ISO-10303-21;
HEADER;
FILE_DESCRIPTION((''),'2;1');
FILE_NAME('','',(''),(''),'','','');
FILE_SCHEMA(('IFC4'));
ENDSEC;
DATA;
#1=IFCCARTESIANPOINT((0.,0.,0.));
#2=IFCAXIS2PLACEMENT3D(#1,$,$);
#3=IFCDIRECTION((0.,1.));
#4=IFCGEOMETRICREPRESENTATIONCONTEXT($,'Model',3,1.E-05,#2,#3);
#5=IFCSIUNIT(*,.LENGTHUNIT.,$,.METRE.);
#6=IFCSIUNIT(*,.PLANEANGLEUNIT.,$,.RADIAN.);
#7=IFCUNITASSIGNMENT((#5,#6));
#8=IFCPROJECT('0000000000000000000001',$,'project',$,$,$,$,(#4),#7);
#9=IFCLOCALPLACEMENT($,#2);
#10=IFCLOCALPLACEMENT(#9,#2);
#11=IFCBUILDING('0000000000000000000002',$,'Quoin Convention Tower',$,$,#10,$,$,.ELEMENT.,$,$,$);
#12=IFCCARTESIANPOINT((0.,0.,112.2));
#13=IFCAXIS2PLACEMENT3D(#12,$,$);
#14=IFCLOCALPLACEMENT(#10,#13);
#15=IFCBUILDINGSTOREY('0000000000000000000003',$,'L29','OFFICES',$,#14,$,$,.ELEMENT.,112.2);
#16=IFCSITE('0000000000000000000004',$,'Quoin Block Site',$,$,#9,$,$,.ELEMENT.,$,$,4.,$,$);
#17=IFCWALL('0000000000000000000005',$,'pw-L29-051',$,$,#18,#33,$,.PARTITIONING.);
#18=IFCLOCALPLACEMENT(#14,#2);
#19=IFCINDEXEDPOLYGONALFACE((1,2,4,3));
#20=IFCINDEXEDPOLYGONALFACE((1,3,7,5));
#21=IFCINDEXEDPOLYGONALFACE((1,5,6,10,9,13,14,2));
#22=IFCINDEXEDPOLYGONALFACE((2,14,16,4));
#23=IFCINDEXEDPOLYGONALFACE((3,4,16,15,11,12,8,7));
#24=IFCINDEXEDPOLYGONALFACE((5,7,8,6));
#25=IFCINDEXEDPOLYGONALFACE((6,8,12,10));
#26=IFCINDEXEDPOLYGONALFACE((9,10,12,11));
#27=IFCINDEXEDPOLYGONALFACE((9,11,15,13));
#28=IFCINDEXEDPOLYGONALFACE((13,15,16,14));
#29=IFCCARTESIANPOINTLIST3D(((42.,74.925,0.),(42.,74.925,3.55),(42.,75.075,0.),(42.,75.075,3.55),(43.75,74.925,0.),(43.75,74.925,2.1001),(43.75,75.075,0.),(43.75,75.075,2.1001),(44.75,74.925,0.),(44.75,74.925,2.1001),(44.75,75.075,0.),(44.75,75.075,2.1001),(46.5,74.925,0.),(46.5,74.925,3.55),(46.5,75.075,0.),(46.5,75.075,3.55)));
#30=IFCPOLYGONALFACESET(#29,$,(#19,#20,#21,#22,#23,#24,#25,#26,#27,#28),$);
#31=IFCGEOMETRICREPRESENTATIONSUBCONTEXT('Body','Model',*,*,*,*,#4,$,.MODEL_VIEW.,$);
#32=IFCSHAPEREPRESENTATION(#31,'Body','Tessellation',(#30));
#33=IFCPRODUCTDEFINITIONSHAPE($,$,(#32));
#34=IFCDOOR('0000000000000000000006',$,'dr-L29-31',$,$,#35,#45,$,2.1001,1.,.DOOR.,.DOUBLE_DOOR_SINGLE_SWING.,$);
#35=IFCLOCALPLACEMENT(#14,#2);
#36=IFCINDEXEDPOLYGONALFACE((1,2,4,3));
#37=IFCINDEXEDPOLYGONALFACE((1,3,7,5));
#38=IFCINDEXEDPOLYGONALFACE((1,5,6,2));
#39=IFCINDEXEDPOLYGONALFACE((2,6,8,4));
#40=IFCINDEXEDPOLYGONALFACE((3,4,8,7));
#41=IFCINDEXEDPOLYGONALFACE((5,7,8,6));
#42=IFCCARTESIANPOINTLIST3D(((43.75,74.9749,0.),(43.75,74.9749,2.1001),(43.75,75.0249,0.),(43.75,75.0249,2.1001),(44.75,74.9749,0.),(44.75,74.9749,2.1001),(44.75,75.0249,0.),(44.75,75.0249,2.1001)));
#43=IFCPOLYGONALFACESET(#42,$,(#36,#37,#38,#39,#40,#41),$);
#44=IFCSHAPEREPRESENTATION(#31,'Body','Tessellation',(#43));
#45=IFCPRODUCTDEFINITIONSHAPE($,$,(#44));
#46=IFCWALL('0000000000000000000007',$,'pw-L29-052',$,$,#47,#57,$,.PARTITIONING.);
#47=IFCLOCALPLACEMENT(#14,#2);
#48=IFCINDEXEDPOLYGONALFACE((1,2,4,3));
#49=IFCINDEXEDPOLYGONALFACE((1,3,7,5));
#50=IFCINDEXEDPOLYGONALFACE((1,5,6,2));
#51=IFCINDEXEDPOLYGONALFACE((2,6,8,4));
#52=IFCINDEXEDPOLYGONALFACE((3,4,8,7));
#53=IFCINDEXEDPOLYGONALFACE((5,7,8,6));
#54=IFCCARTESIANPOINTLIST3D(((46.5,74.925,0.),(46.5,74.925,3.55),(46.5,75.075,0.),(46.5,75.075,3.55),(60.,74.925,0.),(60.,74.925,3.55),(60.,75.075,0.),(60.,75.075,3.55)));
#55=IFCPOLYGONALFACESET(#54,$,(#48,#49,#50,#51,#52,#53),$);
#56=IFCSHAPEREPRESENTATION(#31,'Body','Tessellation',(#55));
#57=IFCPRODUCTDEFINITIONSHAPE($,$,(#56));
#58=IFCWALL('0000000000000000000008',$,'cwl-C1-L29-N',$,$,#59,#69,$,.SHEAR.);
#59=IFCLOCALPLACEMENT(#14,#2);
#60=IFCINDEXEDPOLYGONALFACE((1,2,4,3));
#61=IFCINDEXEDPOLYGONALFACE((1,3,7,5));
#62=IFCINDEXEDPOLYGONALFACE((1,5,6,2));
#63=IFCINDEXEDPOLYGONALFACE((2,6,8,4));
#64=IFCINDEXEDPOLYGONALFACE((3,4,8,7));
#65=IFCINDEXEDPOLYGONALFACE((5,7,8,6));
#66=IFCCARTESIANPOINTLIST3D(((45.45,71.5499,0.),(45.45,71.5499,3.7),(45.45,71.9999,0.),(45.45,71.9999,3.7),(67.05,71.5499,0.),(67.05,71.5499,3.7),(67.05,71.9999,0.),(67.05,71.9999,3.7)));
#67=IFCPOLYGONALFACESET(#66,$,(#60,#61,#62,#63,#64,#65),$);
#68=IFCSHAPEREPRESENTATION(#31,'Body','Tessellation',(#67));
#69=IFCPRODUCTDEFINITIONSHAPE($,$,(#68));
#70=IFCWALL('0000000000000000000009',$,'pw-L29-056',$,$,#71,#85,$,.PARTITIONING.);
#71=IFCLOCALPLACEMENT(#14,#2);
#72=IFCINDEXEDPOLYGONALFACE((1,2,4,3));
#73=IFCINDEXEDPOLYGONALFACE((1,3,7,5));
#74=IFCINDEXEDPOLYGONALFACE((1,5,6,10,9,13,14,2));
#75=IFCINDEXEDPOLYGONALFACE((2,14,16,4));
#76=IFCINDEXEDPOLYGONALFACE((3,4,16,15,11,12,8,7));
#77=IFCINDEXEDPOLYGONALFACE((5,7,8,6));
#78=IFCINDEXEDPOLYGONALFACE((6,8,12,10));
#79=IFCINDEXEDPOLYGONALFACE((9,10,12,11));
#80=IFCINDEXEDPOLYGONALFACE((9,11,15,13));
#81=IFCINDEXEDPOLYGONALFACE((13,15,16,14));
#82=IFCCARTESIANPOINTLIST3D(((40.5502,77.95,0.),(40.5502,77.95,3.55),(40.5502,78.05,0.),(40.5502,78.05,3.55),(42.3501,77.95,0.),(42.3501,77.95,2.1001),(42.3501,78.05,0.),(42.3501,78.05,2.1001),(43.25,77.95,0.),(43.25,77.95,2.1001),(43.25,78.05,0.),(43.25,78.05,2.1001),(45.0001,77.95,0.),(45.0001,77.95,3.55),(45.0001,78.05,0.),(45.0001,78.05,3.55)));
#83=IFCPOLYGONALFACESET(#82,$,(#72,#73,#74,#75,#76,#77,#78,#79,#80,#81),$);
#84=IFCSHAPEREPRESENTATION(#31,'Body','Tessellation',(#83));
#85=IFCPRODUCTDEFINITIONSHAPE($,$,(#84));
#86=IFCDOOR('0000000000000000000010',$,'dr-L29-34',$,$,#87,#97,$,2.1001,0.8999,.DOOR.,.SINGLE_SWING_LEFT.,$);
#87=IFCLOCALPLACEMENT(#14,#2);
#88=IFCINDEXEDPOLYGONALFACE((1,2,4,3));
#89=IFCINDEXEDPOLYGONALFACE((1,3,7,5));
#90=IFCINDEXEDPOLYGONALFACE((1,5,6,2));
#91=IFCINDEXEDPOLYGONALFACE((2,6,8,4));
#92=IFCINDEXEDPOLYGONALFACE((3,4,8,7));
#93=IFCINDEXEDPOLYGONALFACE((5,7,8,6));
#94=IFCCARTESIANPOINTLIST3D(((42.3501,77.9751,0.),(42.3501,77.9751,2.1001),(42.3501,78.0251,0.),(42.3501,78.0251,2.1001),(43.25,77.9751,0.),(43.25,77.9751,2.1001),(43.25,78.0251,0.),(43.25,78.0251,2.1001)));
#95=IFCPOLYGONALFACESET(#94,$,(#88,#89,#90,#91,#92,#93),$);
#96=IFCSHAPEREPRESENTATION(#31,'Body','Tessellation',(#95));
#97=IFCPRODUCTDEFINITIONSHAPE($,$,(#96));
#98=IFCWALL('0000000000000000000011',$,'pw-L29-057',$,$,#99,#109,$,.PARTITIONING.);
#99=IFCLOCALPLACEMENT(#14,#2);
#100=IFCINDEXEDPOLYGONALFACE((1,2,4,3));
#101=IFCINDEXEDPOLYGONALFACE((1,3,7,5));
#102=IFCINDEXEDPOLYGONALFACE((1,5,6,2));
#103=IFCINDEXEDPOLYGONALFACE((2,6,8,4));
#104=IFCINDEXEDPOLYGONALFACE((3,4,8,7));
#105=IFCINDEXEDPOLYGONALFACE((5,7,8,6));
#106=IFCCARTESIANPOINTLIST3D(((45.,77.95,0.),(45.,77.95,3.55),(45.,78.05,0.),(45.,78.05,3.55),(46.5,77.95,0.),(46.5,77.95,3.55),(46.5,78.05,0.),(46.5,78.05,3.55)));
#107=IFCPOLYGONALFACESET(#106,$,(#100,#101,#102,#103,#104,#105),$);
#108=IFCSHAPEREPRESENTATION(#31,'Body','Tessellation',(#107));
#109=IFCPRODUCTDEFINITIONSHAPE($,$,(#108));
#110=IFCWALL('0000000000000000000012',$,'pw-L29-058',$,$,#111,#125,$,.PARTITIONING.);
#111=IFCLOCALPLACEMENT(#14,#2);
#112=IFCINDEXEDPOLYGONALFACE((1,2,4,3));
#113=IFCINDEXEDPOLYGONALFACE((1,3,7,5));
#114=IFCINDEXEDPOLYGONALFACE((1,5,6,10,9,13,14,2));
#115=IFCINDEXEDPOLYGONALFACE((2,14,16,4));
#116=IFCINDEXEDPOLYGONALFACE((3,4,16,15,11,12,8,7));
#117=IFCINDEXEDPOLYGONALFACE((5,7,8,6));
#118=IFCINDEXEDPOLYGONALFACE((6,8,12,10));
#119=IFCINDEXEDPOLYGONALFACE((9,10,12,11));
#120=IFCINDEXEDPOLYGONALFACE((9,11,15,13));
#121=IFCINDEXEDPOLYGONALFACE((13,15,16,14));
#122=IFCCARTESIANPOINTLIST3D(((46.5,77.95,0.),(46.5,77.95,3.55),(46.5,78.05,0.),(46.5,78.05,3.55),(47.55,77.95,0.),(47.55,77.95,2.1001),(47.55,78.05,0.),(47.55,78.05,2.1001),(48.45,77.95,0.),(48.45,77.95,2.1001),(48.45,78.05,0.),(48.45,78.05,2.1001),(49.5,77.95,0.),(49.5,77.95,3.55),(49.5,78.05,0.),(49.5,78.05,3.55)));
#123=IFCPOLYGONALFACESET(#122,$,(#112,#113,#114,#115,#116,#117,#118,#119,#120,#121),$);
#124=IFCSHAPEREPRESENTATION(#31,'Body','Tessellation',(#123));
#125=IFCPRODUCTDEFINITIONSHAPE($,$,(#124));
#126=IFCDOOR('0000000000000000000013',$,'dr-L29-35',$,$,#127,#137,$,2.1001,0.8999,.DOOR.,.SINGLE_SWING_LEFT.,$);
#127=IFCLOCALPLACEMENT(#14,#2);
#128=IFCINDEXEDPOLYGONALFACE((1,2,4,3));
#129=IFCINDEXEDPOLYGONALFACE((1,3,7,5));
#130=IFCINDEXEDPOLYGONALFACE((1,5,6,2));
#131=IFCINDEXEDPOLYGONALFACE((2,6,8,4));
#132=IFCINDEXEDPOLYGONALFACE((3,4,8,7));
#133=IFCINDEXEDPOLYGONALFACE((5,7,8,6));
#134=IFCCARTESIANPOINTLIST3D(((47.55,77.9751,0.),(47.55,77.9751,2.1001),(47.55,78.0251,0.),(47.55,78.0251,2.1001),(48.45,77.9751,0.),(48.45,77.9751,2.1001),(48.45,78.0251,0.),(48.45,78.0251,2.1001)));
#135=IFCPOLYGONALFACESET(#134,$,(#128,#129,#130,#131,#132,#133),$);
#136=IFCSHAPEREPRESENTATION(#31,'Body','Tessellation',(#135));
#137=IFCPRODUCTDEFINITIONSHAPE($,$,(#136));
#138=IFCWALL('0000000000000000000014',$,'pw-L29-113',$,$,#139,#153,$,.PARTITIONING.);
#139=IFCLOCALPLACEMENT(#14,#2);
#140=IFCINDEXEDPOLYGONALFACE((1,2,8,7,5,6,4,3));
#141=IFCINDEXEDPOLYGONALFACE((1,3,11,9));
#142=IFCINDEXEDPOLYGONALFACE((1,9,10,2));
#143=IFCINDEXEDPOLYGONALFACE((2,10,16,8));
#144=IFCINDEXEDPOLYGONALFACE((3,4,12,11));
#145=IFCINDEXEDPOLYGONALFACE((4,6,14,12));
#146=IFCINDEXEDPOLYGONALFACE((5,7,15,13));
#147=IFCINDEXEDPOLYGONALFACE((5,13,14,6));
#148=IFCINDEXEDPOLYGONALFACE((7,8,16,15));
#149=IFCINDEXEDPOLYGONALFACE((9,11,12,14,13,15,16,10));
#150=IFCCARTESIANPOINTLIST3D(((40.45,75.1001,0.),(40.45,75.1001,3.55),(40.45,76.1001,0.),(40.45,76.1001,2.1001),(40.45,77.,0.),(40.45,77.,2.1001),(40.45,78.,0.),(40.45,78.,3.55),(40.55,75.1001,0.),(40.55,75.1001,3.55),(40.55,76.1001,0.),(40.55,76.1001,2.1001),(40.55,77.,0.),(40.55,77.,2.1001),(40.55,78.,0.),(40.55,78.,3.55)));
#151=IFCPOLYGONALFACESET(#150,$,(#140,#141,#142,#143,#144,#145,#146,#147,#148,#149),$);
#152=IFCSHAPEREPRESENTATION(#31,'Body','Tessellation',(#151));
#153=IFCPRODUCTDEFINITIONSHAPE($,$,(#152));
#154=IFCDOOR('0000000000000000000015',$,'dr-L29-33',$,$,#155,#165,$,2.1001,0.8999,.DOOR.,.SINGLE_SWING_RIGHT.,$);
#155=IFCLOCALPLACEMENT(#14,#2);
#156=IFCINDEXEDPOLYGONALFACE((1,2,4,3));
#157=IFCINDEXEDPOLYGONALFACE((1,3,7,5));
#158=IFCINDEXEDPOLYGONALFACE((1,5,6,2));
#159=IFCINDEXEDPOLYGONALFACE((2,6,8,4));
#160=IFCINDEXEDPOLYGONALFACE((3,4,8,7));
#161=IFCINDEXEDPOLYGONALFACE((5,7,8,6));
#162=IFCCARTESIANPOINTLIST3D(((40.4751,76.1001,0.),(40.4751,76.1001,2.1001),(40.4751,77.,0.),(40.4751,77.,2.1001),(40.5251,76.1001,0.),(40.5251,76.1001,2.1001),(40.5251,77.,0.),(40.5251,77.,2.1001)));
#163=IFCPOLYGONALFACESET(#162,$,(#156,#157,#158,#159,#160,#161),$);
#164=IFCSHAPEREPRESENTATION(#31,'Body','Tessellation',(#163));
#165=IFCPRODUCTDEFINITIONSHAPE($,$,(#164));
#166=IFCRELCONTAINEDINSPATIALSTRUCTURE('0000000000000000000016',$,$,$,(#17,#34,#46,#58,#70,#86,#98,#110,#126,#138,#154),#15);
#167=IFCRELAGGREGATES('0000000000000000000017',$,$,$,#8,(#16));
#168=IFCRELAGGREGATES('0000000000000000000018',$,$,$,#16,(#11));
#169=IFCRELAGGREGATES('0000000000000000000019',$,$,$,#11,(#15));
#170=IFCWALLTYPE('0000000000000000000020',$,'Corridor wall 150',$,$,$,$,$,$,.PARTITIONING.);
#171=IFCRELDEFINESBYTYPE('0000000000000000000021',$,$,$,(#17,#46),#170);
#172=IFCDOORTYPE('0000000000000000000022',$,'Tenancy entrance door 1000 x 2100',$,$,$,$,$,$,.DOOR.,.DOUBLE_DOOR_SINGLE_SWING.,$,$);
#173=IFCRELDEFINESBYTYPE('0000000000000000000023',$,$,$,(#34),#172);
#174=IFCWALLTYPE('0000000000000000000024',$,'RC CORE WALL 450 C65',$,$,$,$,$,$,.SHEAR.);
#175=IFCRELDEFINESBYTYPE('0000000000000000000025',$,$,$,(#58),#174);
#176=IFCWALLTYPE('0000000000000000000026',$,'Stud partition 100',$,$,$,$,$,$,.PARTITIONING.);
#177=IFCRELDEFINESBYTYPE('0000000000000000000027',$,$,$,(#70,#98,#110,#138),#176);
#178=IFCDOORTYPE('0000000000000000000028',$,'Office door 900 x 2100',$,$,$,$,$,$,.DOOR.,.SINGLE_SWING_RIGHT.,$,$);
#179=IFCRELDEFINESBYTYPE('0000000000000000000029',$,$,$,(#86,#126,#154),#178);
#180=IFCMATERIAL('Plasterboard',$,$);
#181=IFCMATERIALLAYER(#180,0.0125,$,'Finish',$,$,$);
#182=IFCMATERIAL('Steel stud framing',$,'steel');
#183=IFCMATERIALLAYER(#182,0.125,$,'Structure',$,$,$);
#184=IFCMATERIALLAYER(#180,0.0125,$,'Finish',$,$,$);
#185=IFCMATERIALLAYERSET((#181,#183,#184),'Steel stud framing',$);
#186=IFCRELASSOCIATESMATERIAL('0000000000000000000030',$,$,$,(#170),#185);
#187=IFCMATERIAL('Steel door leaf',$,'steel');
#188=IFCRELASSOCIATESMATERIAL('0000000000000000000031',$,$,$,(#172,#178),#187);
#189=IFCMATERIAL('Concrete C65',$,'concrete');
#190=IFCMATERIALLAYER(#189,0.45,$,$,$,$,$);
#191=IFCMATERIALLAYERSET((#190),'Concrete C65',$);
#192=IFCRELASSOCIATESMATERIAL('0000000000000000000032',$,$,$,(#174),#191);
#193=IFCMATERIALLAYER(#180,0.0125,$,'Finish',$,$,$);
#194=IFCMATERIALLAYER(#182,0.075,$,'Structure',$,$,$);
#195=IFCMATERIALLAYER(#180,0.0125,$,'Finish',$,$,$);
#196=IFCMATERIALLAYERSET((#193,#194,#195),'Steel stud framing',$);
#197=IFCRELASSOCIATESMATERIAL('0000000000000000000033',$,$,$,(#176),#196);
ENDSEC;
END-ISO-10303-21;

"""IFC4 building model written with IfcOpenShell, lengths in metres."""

from ifc_helpers import new_model, si_unit, direction, frame, frame_2d, origin, place, context, subcontext, project, spatial, rectangle, extrude, material, layer, layer_set, type_object, element, fill, save


model = new_model("IFC4")

# Units and contexts
model_context = context("Model", 3, precision=1e-05, world=origin(), true_north=direction((0.0, 1.0)))
body_context = subcontext(model_context, "Body", "Model", "MODEL_VIEW")
ifc_project = project(units=[si_unit("LENGTHUNIT", "METRE"), si_unit("PLANEANGLEUNIT", "RADIAN")], contexts=[model_context])

# Site, building, storey
site_placement = place(None, origin())
site = spatial("IfcSite", under=ifc_project, at=site_placement, Name="Quoin Block Site", CompositionType="ELEMENT", RefElevation=4.0)
building_placement = place(site_placement, origin())
building = spatial("IfcBuilding", under=site, at=building_placement, Name="Quoin Convention Tower", CompositionType="ELEMENT")
storey_placement = place(building_placement, frame((0.0, 0.0, 112.2)))
storey = spatial("IfcBuildingStorey", under=building, at=storey_placement, Name="L29", Description="OFFICES", CompositionType="ELEMENT", Elevation=112.2)

# Shared definitions
ifc_material_1 = material(Name="Concrete C65", Category="concrete")

# Wall, opening, door
ifc_material_2 = material(Name="Plasterboard")
ifc_layer_1 = layer(ifc_material_2, 0.0125, Name="Finish")
ifc_material_3 = material(Name="Steel stud framing", Category="steel")
ifc_layer_2 = layer(ifc_material_3, 0.125, Name="Structure")
ifc_layer_3 = layer(ifc_material_2, 0.0125, Name="Finish")
ifc_layer_set_1 = layer_set([ifc_layer_1, ifc_layer_2, ifc_layer_3], Name="Steel stud framing")
wall_type_1 = type_object("IfcWallType", Name="Corridor wall 150", PredefinedType="PARTITIONING", material=ifc_layer_set_1)
wall_1_placement = place(storey_placement, frame((42.0, 75.0, 0.0), z_axis=(0.0, 0.0, 1.0), x_axis=(1.0, 0.0, 0.0)))
wall_1 = element("IfcWall", 1, at=wall_1_placement, inside=storey, type_object=wall_type_1, Name="pw-L29-051", PredefinedType="PARTITIONING", context=body_context, shape_type="SweptSolid", body=[
    extrude(rectangle(XDim=4.5, YDim=0.1499, at=frame_2d((2.25, 0.0))), origin(), (0.0, 0.0, 1.0), 3.55),
])
opening_1_placement = place(wall_1_placement, frame((1.75, 0.0, 0.0)))
opening_1 = element("IfcOpeningElement", 2, at=opening_1_placement, cuts=wall_1, PredefinedType="OPENING", context=body_context, shape_type="SweptSolid", body=[
    extrude(rectangle(XDim=1.0, YDim=2.1001, at=frame_2d((0.5, 1.05))), frame((0.0, 0.085, 0.0), z_axis=(0.0, -1.0, 0.0), x_axis=(1.0, 0.0, 0.0)), (0.0, 0.0, 1.0), 0.1699),
])
ifc_material_4 = material(Name="Steel door leaf", Category="steel")
door_type_1 = type_object("IfcDoorType", Name="Tenancy entrance door 1000 x 2100", OperationType="DOUBLE_DOOR_SINGLE_SWING", PredefinedType="DOOR", material=ifc_material_4)
door_1_placement = place(opening_1_placement, origin())
door_1 = element("IfcDoor", 3, at=door_1_placement, inside=storey, type_object=door_type_1, Name="dr-L29-31", OperationType="DOUBLE_DOOR_SINGLE_SWING", OverallHeight=2.1001, OverallWidth=1.0, PredefinedType="DOOR", context=body_context, shape_type="SweptSolid", body=[
    extrude(rectangle(XDim=1.0, YDim=2.1001, at=frame_2d((0.5, 1.05))), frame((0.0, 0.0249, 0.0), z_axis=(0.0, -1.0, 0.0), x_axis=(1.0, 0.0, 0.0)), (0.0, 0.0, 1.0), 0.05),
])
fill(opening_1, door_1)

# Walls
wall_2_placement = place(storey_placement, frame((46.5, 75.0, 0.0), z_axis=(0.0, 0.0, 1.0), x_axis=(1.0, 0.0, 0.0)))
element("IfcWall", 4, at=wall_2_placement, inside=storey, type_object=wall_type_1, Name="pw-L29-052", PredefinedType="PARTITIONING", context=body_context, shape_type="SweptSolid", body=[
    extrude(rectangle(XDim=13.5, YDim=0.1499, at=frame_2d((6.75, 0.0))), origin(), (0.0, 0.0, 1.0), 3.55),
])
ifc_layer_4 = layer(ifc_material_1, 0.45)
ifc_layer_set_2 = layer_set([ifc_layer_4], Name="Concrete C65")
wall_type_2 = type_object("IfcWallType", Name="RC CORE WALL 450 C65", PredefinedType="SHEAR", material=ifc_layer_set_2)
wall_3_placement = place(storey_placement, frame((45.45, 71.7749, 0.0), z_axis=(0.0, 0.0, 1.0), x_axis=(1.0, 0.0, 0.0)))
element("IfcWall", 5, at=wall_3_placement, inside=storey, type_object=wall_type_2, Name="cwl-C1-L29-N", PredefinedType="SHEAR", context=body_context, shape_type="SweptSolid", body=[
    extrude(rectangle(XDim=21.6001, YDim=0.45, at=frame_2d((10.8, 0.0))), origin(), (0.0, 0.0, 1.0), 3.7),
])

# Wall, opening, door
ifc_layer_5 = layer(ifc_material_2, 0.0125, Name="Finish")
ifc_layer_6 = layer(ifc_material_3, 0.075, Name="Structure")
ifc_layer_7 = layer(ifc_material_2, 0.0125, Name="Finish")
ifc_layer_set_3 = layer_set([ifc_layer_5, ifc_layer_6, ifc_layer_7], Name="Steel stud framing")
wall_type_3 = type_object("IfcWallType", Name="Stud partition 100", PredefinedType="PARTITIONING", material=ifc_layer_set_3)
wall_4_placement = place(storey_placement, frame((40.55, 78.0, 0.0), z_axis=(0.0, 0.0, 1.0), x_axis=(1.0, 0.0, 0.0)))
wall_4 = element("IfcWall", 6, at=wall_4_placement, inside=storey, type_object=wall_type_3, Name="pw-L29-056", PredefinedType="PARTITIONING", context=body_context, shape_type="SweptSolid", body=[
    extrude(rectangle(XDim=4.45, YDim=0.1001, at=frame_2d((2.2251, 0.0))), origin(), (0.0, 0.0, 1.0), 3.55),
])
opening_2_placement = place(wall_4_placement, frame((1.8, 0.0, 0.0)))
opening_2 = element("IfcOpeningElement", 7, at=opening_2_placement, cuts=wall_4, PredefinedType="OPENING", context=body_context, shape_type="SweptSolid", body=[
    extrude(rectangle(XDim=0.8999, YDim=2.1001, at=frame_2d((0.45, 1.05))), frame((0.0, 0.0601, 0.0), z_axis=(0.0, -1.0, 0.0), x_axis=(1.0, 0.0, 0.0)), (0.0, 0.0, 1.0), 0.1201),
])
door_type_2 = type_object("IfcDoorType", Name="Office door 900 x 2100", OperationType="SINGLE_SWING_RIGHT", PredefinedType="DOOR", material=ifc_material_4)
door_2_placement = place(opening_2_placement, frame((0.8999, 0.0, 0.0), z_axis=(0.0, 0.0, 1.0), x_axis=(-1.0, 0.0, 0.0)))
door_2 = element("IfcDoor", 8, at=door_2_placement, inside=storey, type_object=door_type_2, Name="dr-L29-34", OperationType="SINGLE_SWING_LEFT", OverallHeight=2.1001, OverallWidth=0.8999, PredefinedType="DOOR", context=body_context, shape_type="SweptSolid", body=[
    extrude(rectangle(XDim=0.8999, YDim=2.1001, at=frame_2d((0.45, 1.05))), frame((0.0, 0.0249, 0.0), z_axis=(0.0, -1.0, 0.0), x_axis=(1.0, 0.0, 0.0)), (0.0, 0.0, 1.0), 0.05),
])
fill(opening_2, door_2)

# Wall
wall_5_placement = place(storey_placement, frame((45.0, 78.0, 0.0), z_axis=(0.0, 0.0, 1.0), x_axis=(1.0, 0.0, 0.0)))
element("IfcWall", 9, at=wall_5_placement, inside=storey, type_object=wall_type_3, Name="pw-L29-057", PredefinedType="PARTITIONING", context=body_context, shape_type="SweptSolid", body=[
    extrude(rectangle(XDim=1.5, YDim=0.1001, at=frame_2d((0.75, 0.0))), origin(), (0.0, 0.0, 1.0), 3.55),
])

# Walls, openings, doors
wall_6_placement = place(storey_placement, frame((46.5, 78.0, 0.0), z_axis=(0.0, 0.0, 1.0), x_axis=(1.0, 0.0, 0.0)))
wall_6 = element("IfcWall", 10, at=wall_6_placement, inside=storey, type_object=wall_type_3, Name="pw-L29-058", PredefinedType="PARTITIONING", context=body_context, shape_type="SweptSolid", body=[
    extrude(rectangle(XDim=3.0, YDim=0.1001, at=frame_2d((1.5, 0.0))), origin(), (0.0, 0.0, 1.0), 3.55),
])
opening_3_placement = place(wall_6_placement, frame((1.05, 0.0, 0.0)))
opening_3 = element("IfcOpeningElement", 11, at=opening_3_placement, cuts=wall_6, PredefinedType="OPENING", context=body_context, shape_type="SweptSolid", body=[
    extrude(rectangle(XDim=0.8999, YDim=2.1001, at=frame_2d((0.45, 1.05))), frame((0.0, 0.0601, 0.0), z_axis=(0.0, -1.0, 0.0), x_axis=(1.0, 0.0, 0.0)), (0.0, 0.0, 1.0), 0.1201),
])
door_3_placement = place(opening_3_placement, frame((0.8999, 0.0, 0.0), z_axis=(0.0, 0.0, 1.0), x_axis=(-1.0, 0.0, 0.0)))
door_3 = element("IfcDoor", 12, at=door_3_placement, inside=storey, type_object=door_type_2, Name="dr-L29-35", OperationType="SINGLE_SWING_LEFT", OverallHeight=2.1001, OverallWidth=0.8999, PredefinedType="DOOR", context=body_context, shape_type="SweptSolid", body=[
    extrude(rectangle(XDim=0.8999, YDim=2.1001, at=frame_2d((0.45, 1.05))), frame((0.0, 0.0249, 0.0), z_axis=(0.0, -1.0, 0.0), x_axis=(1.0, 0.0, 0.0)), (0.0, 0.0, 1.0), 0.05),
])
fill(opening_3, door_3)
wall_7_placement = place(storey_placement, frame((40.5, 75.1001, 0.0), z_axis=(0.0, 0.0, 1.0), x_axis=(0.0, 1.0, 0.0)))
wall_7 = element("IfcWall", 13, at=wall_7_placement, inside=storey, type_object=wall_type_3, Name="pw-L29-113", PredefinedType="PARTITIONING", context=body_context, shape_type="SweptSolid", body=[
    extrude(rectangle(XDim=2.8999, YDim=0.1001, at=frame_2d((1.45, 0.0))), origin(), (0.0, 0.0, 1.0), 3.55),
])
opening_4_placement = place(wall_7_placement, frame((1.0, 0.0, 0.0)))
opening_4 = element("IfcOpeningElement", 14, at=opening_4_placement, cuts=wall_7, PredefinedType="OPENING", context=body_context, shape_type="SweptSolid", body=[
    extrude(rectangle(XDim=0.8999, YDim=2.1001, at=frame_2d((0.45, 1.05))), frame((0.0, 0.0601, 0.0), z_axis=(0.0, -1.0, 0.0), x_axis=(1.0, 0.0, 0.0)), (0.0, 0.0, 1.0), 0.1201),
])
door_4_placement = place(opening_4_placement, origin())
door_4 = element("IfcDoor", 15, at=door_4_placement, inside=storey, type_object=door_type_2, Name="dr-L29-33", OperationType="SINGLE_SWING_RIGHT", OverallHeight=2.1001, OverallWidth=0.8999, PredefinedType="DOOR", context=body_context, shape_type="SweptSolid", body=[
    extrude(rectangle(XDim=0.8999, YDim=2.1001, at=frame_2d((0.45, 1.05))), frame((0.0, 0.0249, 0.0), z_axis=(0.0, -1.0, 0.0), x_axis=(1.0, 0.0, 0.0)), (0.0, 0.0, 1.0), 0.05),
])
fill(opening_4, door_4)

save(model, "model.ifc")
